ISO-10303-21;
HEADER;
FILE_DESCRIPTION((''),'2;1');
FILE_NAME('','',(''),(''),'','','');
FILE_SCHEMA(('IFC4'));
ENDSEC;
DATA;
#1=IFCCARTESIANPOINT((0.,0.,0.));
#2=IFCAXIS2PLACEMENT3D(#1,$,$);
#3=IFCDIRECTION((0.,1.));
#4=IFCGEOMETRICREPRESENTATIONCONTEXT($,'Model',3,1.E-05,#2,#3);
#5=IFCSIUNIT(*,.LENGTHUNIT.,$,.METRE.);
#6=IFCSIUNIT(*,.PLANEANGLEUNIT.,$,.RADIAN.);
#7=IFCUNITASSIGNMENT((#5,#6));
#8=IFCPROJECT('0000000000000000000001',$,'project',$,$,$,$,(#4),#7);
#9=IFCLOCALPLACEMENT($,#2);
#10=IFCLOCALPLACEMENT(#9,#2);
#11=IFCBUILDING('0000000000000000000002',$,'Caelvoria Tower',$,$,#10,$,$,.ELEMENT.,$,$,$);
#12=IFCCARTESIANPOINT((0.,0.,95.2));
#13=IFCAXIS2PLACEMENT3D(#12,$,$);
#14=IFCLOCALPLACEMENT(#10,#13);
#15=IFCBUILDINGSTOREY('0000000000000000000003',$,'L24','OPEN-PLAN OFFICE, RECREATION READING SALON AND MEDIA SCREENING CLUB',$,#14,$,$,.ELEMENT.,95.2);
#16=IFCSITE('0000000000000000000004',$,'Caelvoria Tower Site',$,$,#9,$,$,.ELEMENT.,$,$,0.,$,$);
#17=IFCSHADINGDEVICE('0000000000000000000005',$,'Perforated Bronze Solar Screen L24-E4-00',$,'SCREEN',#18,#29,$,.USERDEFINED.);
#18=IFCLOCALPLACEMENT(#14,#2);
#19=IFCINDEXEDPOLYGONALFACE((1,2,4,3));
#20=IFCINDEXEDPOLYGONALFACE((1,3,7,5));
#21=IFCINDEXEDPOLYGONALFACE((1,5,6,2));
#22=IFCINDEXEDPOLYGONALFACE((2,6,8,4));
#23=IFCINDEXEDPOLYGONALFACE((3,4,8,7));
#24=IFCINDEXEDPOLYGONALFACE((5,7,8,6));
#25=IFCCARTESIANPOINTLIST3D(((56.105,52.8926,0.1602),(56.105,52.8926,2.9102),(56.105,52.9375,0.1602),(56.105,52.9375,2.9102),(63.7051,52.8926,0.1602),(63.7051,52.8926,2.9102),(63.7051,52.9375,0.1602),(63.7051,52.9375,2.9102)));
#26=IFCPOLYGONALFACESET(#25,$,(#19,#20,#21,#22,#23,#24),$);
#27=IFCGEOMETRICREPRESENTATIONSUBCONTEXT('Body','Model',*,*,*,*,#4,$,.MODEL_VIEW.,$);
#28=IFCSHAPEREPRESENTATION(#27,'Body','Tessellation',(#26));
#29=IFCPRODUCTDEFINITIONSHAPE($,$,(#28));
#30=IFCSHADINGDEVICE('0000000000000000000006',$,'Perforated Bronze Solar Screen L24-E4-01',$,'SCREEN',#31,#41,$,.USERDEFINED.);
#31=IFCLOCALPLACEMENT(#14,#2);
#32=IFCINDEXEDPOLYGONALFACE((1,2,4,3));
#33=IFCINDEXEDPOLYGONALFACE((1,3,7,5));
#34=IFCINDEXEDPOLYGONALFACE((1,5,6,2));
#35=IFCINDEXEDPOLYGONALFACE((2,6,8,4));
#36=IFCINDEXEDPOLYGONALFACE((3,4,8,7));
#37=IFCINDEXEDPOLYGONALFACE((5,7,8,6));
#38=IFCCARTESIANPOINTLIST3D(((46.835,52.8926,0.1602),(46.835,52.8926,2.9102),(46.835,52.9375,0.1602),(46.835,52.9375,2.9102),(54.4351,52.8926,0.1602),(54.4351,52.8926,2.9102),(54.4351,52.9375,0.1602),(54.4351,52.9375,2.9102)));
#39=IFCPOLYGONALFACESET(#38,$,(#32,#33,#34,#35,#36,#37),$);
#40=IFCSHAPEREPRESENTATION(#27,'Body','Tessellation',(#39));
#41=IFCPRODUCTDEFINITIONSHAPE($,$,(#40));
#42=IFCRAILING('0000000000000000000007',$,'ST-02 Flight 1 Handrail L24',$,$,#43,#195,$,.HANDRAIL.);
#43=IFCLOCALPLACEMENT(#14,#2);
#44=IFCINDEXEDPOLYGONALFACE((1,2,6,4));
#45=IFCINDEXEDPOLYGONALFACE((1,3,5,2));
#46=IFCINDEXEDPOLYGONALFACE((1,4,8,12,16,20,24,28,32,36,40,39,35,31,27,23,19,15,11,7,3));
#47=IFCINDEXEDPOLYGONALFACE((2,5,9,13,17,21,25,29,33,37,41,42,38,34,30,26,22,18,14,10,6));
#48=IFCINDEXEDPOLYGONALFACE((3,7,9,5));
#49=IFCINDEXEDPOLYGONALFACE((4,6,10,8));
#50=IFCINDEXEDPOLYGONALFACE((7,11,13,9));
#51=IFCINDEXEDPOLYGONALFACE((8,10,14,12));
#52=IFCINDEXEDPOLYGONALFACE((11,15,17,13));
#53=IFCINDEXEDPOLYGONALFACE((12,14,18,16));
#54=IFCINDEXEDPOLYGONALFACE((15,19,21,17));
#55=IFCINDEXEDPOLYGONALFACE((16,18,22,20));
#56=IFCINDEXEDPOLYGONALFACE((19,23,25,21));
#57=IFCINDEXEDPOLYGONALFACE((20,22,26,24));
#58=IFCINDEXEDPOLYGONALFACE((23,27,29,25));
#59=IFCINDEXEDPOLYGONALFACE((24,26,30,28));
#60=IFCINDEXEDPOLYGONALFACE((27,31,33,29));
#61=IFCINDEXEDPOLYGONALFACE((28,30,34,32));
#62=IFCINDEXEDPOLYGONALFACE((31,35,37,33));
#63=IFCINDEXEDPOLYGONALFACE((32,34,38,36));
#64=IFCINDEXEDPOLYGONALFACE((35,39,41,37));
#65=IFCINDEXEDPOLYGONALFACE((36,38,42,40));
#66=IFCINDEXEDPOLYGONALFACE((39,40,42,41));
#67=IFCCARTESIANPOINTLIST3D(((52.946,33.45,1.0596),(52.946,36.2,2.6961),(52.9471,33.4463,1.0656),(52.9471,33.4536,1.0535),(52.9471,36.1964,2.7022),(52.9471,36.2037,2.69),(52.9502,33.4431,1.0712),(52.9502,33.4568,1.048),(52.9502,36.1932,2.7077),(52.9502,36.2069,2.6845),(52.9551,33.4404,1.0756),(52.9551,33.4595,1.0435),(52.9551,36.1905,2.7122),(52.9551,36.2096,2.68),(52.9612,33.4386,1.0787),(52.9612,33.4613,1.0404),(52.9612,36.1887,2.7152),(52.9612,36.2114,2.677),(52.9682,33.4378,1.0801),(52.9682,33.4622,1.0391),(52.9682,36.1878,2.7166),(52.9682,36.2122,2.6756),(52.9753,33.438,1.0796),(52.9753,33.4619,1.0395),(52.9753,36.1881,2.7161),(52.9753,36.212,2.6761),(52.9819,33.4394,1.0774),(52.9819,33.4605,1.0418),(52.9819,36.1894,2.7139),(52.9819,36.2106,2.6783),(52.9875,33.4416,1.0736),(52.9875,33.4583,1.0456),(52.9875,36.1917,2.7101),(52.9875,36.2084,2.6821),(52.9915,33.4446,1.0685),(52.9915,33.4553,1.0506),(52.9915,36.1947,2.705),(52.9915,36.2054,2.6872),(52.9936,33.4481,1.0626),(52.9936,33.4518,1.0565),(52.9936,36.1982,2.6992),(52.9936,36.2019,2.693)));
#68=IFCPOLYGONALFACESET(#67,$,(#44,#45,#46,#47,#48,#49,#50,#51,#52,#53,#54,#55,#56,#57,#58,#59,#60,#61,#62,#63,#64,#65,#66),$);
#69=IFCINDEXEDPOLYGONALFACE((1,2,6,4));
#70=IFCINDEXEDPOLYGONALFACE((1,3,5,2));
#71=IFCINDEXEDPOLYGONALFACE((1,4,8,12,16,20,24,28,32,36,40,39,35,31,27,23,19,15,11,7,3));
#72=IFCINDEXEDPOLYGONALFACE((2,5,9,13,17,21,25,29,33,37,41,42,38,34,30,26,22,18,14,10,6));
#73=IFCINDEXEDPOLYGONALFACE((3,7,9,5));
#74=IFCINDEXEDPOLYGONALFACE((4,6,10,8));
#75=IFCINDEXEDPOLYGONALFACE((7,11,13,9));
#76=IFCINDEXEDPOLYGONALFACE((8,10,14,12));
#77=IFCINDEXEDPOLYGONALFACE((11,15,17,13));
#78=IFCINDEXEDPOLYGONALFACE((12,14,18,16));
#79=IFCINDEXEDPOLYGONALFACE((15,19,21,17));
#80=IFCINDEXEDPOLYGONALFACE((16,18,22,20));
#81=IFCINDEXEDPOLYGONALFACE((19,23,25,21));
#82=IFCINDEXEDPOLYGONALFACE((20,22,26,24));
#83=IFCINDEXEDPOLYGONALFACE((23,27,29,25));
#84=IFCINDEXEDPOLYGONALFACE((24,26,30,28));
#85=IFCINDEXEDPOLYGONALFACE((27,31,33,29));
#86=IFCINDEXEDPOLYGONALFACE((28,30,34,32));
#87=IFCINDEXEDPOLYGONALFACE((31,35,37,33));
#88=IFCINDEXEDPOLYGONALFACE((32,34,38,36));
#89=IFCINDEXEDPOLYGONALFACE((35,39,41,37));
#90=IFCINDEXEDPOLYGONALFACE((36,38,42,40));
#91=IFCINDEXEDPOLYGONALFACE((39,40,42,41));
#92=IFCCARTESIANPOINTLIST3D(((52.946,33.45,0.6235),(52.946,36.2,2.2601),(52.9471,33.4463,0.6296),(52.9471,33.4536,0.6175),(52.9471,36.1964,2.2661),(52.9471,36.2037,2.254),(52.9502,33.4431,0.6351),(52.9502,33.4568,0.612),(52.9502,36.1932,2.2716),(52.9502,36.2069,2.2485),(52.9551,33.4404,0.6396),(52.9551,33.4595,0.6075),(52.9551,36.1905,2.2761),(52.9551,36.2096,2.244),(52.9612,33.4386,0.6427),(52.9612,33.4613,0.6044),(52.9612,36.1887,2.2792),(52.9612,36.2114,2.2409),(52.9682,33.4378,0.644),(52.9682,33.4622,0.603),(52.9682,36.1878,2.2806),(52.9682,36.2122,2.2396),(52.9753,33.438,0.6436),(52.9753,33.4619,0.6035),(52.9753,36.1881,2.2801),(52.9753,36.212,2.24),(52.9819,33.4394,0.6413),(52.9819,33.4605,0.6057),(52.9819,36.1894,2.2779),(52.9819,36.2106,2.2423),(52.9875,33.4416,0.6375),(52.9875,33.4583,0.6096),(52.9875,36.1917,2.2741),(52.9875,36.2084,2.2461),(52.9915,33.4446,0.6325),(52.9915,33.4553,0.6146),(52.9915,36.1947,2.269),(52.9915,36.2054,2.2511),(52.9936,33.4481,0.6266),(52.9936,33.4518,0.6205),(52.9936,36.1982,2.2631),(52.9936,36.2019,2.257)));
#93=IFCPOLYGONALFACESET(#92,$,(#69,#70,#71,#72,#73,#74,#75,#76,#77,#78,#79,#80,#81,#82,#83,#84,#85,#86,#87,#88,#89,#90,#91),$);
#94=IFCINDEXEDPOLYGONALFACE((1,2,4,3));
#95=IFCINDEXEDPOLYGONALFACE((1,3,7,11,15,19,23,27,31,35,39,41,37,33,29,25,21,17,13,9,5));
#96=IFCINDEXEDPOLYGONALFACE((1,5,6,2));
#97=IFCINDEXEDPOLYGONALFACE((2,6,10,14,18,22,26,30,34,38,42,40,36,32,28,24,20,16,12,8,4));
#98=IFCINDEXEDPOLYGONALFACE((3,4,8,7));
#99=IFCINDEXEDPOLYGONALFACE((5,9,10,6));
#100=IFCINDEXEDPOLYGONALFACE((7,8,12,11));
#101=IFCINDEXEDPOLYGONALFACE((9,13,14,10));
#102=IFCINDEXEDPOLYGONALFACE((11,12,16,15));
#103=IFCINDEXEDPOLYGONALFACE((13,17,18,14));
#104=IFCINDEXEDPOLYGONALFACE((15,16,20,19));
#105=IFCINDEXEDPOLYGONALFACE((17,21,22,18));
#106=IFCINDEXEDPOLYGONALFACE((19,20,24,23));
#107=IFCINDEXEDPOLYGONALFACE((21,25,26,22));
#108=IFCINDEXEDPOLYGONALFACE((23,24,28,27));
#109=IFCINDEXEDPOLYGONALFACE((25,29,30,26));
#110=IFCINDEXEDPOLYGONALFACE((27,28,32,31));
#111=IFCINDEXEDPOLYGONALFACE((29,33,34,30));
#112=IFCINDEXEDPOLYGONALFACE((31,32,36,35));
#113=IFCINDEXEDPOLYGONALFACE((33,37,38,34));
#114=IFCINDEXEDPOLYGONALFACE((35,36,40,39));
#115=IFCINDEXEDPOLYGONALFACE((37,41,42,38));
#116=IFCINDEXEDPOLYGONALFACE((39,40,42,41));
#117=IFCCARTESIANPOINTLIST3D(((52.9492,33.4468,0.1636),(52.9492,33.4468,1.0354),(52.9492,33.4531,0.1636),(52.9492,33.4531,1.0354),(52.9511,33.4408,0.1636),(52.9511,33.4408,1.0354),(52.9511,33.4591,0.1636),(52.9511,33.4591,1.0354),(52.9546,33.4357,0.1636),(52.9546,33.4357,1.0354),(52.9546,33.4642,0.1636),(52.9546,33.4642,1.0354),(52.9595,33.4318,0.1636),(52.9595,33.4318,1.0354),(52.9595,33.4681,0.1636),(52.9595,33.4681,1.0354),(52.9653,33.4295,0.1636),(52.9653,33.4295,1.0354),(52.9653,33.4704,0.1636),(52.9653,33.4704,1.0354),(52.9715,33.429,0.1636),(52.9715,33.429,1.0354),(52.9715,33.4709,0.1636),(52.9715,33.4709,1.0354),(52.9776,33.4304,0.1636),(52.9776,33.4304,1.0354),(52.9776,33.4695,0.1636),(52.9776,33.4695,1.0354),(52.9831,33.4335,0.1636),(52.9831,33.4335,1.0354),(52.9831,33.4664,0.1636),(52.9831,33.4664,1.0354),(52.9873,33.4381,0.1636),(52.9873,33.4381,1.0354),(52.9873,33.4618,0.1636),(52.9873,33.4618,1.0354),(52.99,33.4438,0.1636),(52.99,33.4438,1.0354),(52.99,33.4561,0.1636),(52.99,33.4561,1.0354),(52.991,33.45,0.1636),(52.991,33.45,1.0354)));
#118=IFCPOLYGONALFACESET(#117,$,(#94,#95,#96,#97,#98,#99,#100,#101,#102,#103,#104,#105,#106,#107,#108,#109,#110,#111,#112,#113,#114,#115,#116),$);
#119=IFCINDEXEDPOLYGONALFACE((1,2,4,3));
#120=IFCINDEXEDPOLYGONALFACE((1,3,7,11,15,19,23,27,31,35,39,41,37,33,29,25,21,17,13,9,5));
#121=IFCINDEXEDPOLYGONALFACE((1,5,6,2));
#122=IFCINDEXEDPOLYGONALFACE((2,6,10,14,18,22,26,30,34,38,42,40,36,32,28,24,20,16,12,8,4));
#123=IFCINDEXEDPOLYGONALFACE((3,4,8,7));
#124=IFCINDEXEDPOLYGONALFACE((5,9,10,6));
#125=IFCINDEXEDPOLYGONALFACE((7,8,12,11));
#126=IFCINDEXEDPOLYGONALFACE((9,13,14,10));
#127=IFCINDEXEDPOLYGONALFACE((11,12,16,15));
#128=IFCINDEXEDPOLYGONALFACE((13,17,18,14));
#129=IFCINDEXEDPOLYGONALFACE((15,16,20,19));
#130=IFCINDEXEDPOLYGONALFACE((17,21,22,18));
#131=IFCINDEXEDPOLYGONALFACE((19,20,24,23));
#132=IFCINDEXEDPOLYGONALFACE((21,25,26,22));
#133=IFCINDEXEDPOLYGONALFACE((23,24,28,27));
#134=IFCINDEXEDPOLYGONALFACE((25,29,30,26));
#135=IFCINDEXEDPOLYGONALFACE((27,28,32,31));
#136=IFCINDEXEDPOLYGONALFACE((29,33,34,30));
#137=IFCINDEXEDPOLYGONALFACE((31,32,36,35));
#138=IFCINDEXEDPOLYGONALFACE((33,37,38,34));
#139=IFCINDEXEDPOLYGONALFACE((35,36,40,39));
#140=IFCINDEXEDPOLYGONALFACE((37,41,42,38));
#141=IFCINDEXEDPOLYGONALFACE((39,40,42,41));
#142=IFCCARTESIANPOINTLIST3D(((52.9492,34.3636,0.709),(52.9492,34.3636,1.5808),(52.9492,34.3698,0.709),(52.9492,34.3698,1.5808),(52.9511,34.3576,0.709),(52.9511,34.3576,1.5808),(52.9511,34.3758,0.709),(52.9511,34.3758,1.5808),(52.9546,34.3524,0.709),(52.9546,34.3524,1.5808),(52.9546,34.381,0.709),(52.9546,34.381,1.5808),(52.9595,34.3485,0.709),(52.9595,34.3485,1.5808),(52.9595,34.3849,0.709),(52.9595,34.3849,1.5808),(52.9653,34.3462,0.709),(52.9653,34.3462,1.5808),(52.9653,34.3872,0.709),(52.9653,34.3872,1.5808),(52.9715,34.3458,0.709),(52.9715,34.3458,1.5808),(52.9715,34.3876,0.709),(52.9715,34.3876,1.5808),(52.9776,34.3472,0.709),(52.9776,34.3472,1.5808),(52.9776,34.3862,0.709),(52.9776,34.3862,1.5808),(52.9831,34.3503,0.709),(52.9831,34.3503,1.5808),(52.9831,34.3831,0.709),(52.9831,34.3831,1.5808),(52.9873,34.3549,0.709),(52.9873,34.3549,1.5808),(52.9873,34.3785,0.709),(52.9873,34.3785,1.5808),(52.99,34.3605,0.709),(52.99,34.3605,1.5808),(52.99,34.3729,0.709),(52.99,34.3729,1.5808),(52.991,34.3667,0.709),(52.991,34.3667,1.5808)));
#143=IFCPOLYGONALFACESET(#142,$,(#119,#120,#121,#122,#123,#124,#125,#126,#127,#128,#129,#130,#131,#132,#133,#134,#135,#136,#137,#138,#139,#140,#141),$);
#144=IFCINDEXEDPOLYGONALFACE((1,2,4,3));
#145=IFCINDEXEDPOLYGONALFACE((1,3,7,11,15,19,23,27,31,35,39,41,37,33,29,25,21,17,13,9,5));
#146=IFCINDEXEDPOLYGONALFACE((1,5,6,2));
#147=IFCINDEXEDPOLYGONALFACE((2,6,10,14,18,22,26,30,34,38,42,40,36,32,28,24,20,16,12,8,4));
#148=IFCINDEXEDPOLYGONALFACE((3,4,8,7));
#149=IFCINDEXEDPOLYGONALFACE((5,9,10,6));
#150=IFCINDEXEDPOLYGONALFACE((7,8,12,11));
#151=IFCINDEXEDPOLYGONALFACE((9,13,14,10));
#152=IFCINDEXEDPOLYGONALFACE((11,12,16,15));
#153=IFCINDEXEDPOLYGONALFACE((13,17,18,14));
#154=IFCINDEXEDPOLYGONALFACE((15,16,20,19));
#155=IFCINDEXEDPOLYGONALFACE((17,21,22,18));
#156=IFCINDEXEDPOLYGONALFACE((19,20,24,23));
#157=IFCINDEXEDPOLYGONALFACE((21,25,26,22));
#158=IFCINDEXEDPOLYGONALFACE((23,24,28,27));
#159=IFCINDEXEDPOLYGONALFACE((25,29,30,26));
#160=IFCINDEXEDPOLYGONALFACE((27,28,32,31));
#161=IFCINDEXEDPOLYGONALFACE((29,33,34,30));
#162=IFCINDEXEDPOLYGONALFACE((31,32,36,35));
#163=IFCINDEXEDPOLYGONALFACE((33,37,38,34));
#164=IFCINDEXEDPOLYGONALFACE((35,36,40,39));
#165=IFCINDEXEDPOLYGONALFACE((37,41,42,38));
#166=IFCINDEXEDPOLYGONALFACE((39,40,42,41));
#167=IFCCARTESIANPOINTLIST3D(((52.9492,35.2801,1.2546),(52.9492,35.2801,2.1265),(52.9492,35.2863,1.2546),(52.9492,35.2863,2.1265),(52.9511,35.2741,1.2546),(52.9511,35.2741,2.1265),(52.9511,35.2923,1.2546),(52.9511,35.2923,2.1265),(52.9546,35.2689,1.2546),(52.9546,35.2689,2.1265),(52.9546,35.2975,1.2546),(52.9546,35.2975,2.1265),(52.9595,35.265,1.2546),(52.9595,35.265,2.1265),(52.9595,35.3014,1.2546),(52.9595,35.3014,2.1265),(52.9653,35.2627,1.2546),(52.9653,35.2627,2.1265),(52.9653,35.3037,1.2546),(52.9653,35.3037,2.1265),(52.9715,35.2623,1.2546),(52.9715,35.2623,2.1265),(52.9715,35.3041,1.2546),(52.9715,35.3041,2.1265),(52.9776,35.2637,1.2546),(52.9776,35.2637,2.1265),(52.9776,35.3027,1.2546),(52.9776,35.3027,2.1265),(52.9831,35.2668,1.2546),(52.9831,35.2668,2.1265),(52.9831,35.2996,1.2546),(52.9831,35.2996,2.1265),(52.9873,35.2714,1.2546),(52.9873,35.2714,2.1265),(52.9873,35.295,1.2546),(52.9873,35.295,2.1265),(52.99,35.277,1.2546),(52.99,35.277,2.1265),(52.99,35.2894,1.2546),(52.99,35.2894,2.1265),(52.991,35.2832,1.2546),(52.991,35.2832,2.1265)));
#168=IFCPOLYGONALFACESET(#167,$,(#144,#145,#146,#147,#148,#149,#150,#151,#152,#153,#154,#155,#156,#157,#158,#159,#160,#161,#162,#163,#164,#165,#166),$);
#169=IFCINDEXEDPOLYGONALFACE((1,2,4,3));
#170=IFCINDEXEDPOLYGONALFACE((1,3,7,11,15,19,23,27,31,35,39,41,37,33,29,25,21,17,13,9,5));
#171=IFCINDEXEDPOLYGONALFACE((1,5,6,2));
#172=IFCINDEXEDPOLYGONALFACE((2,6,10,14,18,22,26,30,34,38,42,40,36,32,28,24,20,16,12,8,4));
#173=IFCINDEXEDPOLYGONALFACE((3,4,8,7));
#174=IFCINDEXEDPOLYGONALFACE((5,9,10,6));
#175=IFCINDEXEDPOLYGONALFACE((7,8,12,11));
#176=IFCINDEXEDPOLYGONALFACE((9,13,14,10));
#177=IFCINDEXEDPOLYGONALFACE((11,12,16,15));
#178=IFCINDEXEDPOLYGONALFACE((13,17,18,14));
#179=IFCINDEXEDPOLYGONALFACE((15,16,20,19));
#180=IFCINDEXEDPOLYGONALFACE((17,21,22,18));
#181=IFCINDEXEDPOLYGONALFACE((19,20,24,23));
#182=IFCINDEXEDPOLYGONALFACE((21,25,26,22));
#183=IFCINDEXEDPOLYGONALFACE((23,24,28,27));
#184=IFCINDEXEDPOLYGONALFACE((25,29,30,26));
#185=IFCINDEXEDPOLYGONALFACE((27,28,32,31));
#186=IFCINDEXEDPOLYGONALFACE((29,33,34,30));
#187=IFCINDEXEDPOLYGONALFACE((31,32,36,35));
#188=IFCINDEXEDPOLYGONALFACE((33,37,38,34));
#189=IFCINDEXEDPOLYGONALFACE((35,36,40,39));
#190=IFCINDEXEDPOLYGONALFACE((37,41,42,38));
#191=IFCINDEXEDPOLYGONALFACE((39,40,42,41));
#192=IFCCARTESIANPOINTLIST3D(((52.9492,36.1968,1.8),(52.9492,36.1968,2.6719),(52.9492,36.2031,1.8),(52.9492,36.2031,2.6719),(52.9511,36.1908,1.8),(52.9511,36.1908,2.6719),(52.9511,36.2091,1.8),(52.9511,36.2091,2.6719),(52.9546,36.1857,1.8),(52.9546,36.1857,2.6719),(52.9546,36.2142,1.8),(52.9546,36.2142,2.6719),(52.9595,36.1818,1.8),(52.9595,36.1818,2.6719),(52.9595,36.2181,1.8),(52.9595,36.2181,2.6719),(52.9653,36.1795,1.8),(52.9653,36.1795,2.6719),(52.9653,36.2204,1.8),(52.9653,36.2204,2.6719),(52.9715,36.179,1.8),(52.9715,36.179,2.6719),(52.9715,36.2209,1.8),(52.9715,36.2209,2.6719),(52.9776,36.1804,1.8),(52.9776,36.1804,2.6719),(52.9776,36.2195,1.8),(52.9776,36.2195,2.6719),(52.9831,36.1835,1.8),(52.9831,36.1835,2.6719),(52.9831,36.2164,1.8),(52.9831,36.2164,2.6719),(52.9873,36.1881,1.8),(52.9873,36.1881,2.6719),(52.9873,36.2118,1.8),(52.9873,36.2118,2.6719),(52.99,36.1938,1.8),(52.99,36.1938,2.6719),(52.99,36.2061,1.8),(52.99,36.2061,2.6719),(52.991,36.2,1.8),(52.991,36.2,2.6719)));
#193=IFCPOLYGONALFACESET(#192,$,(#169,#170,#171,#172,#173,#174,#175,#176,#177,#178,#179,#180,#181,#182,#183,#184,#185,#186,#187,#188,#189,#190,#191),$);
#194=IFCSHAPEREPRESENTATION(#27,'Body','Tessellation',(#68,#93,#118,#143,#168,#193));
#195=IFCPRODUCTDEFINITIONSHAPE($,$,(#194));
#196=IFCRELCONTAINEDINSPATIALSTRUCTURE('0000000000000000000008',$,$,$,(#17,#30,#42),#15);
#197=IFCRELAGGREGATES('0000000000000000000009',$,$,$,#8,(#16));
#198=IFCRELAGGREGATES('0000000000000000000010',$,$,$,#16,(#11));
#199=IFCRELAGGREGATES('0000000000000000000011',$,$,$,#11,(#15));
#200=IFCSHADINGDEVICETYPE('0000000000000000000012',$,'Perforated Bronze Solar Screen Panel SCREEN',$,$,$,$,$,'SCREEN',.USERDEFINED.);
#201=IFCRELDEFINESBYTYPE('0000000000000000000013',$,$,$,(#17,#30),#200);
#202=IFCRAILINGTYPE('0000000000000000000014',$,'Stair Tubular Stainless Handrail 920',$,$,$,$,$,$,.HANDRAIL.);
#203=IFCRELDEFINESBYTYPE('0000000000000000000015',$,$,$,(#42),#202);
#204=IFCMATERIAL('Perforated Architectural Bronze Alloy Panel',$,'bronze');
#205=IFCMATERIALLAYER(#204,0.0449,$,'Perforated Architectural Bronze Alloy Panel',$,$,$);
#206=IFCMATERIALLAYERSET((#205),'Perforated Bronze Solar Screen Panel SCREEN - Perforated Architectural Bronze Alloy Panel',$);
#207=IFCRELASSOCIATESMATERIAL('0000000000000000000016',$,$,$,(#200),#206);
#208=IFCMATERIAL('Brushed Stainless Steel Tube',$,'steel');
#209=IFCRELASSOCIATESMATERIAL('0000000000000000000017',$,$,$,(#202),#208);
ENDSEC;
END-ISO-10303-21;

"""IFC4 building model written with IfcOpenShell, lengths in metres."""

from ifc_helpers import new_model, si_unit, direction, frame, origin, origin_2d, place, context, subcontext, project, spatial, rectangle, circle, extrude, material, layer, layer_set, type_object, element, save


model = new_model("IFC4")

# Units and contexts
model_context = context("Model", 3, precision=1e-05, world=origin(), true_north=direction((0.0, 1.0)))
body_context = subcontext(model_context, "Body", "Model", "MODEL_VIEW")
ifc_project = project(units=[si_unit("LENGTHUNIT", "METRE"), si_unit("PLANEANGLEUNIT", "RADIAN")], contexts=[model_context])

# Site, building, storey
site_placement = place(None, origin())
site = spatial("IfcSite", under=ifc_project, at=site_placement, Name="Caelvoria Tower Site", CompositionType="ELEMENT", RefElevation=0.0)
building_placement = place(site_placement, origin())
building = spatial("IfcBuilding", under=site, at=building_placement, Name="Caelvoria Tower", CompositionType="ELEMENT")
storey_placement = place(building_placement, frame((0.0, 0.0, 95.2)))
storey = spatial("IfcBuildingStorey", under=building, at=storey_placement, Name="L24", Description="OPEN-PLAN OFFICE, RECREATION READING SALON AND MEDIA SCREENING CLUB", CompositionType="ELEMENT", Elevation=95.2)

# Shading devices
ifc_material_1 = material(Name="Perforated Architectural Bronze Alloy Panel", Category="bronze")
ifc_layer_1 = layer(ifc_material_1, 0.0449, Name="Perforated Architectural Bronze Alloy Panel")
ifc_layer_set_1 = layer_set([ifc_layer_1], Name="Perforated Bronze Solar Screen Panel SCREEN - Perforated Architectural Bronze Alloy Panel")
shading_device_type = type_object("IfcShadingDeviceType", Name="Perforated Bronze Solar Screen Panel SCREEN", ElementType="SCREEN", PredefinedType="USERDEFINED", material=ifc_layer_set_1)
for number, where, z_axis, x_axis, name in (
    (1, (59.905, 52.915, 0.1602), (0.0, 0.0, 1.0), (-1.0, 0.0, 0.0), "Perforated Bronze Solar Screen L24-E4-00"),
    (2, (50.635, 52.915, 0.1602), (0.0, 0.0, 1.0), (-1.0, 0.0, 0.0), "Perforated Bronze Solar Screen L24-E4-01"),
):
    element("IfcShadingDevice", number, at=place(storey_placement, frame(where, z_axis=z_axis, x_axis=x_axis)), inside=storey, type_object=shading_device_type, Name=name, ObjectType="SCREEN", PredefinedType="USERDEFINED", context=body_context, shape_type="SweptSolid", body=[
        extrude(rectangle(XDim=7.6001, YDim=0.0449, at=origin_2d()), origin(), (0.0, 0.0, 1.0), 2.75),
    ])

# Railing
ifc_material_2 = material(Name="Brushed Stainless Steel Tube", Category="steel")
railing_type_1 = type_object("IfcRailingType", Name="Stair Tubular Stainless Handrail 920", PredefinedType="HANDRAIL", material=ifc_material_2)
railing_1_placement = place(storey_placement, frame((52.97, 33.45, 0.1636)))
element("IfcRailing", 3, at=railing_1_placement, inside=storey, type_object=railing_type_1, Name="ST-02 Flight 1 Handrail L24", PredefinedType="HANDRAIL", context=body_context, shape_type="SweptSolid", body=[
    extrude(circle(Radius=0.0239, at=origin_2d()), frame((0.0, 0.0, 0.896), z_axis=(0.0, 0.859352, 0.511385), x_axis=(-1.0, 0.0, 0.0)), (0.0, 0.0, 1.0), 3.2002),
    extrude(circle(Radius=0.0239, at=origin_2d()), frame((0.0, 0.0, 0.46), z_axis=(0.0, 0.859352, 0.511385), x_axis=(-1.0, 0.0, 0.0)), (0.0, 0.0, 1.0), 3.2002),
    extrude(circle(Radius=0.021, at=origin_2d()), origin(), (0.0, 0.0, 1.0), 0.8718),
    extrude(circle(Radius=0.021, at=origin_2d()), frame((0.0, 0.9167, 0.5454)), (0.0, 0.0, 1.0), 0.8718),
    extrude(circle(Radius=0.021, at=origin_2d()), frame((0.0, 1.8333, 1.0911)), (0.0, 0.0, 1.0), 0.8718),
    extrude(circle(Radius=0.021, at=origin_2d()), frame((0.0, 2.75, 1.6365)), (0.0, 0.0, 1.0), 0.8718),
])

save(model, "model.ifc")
